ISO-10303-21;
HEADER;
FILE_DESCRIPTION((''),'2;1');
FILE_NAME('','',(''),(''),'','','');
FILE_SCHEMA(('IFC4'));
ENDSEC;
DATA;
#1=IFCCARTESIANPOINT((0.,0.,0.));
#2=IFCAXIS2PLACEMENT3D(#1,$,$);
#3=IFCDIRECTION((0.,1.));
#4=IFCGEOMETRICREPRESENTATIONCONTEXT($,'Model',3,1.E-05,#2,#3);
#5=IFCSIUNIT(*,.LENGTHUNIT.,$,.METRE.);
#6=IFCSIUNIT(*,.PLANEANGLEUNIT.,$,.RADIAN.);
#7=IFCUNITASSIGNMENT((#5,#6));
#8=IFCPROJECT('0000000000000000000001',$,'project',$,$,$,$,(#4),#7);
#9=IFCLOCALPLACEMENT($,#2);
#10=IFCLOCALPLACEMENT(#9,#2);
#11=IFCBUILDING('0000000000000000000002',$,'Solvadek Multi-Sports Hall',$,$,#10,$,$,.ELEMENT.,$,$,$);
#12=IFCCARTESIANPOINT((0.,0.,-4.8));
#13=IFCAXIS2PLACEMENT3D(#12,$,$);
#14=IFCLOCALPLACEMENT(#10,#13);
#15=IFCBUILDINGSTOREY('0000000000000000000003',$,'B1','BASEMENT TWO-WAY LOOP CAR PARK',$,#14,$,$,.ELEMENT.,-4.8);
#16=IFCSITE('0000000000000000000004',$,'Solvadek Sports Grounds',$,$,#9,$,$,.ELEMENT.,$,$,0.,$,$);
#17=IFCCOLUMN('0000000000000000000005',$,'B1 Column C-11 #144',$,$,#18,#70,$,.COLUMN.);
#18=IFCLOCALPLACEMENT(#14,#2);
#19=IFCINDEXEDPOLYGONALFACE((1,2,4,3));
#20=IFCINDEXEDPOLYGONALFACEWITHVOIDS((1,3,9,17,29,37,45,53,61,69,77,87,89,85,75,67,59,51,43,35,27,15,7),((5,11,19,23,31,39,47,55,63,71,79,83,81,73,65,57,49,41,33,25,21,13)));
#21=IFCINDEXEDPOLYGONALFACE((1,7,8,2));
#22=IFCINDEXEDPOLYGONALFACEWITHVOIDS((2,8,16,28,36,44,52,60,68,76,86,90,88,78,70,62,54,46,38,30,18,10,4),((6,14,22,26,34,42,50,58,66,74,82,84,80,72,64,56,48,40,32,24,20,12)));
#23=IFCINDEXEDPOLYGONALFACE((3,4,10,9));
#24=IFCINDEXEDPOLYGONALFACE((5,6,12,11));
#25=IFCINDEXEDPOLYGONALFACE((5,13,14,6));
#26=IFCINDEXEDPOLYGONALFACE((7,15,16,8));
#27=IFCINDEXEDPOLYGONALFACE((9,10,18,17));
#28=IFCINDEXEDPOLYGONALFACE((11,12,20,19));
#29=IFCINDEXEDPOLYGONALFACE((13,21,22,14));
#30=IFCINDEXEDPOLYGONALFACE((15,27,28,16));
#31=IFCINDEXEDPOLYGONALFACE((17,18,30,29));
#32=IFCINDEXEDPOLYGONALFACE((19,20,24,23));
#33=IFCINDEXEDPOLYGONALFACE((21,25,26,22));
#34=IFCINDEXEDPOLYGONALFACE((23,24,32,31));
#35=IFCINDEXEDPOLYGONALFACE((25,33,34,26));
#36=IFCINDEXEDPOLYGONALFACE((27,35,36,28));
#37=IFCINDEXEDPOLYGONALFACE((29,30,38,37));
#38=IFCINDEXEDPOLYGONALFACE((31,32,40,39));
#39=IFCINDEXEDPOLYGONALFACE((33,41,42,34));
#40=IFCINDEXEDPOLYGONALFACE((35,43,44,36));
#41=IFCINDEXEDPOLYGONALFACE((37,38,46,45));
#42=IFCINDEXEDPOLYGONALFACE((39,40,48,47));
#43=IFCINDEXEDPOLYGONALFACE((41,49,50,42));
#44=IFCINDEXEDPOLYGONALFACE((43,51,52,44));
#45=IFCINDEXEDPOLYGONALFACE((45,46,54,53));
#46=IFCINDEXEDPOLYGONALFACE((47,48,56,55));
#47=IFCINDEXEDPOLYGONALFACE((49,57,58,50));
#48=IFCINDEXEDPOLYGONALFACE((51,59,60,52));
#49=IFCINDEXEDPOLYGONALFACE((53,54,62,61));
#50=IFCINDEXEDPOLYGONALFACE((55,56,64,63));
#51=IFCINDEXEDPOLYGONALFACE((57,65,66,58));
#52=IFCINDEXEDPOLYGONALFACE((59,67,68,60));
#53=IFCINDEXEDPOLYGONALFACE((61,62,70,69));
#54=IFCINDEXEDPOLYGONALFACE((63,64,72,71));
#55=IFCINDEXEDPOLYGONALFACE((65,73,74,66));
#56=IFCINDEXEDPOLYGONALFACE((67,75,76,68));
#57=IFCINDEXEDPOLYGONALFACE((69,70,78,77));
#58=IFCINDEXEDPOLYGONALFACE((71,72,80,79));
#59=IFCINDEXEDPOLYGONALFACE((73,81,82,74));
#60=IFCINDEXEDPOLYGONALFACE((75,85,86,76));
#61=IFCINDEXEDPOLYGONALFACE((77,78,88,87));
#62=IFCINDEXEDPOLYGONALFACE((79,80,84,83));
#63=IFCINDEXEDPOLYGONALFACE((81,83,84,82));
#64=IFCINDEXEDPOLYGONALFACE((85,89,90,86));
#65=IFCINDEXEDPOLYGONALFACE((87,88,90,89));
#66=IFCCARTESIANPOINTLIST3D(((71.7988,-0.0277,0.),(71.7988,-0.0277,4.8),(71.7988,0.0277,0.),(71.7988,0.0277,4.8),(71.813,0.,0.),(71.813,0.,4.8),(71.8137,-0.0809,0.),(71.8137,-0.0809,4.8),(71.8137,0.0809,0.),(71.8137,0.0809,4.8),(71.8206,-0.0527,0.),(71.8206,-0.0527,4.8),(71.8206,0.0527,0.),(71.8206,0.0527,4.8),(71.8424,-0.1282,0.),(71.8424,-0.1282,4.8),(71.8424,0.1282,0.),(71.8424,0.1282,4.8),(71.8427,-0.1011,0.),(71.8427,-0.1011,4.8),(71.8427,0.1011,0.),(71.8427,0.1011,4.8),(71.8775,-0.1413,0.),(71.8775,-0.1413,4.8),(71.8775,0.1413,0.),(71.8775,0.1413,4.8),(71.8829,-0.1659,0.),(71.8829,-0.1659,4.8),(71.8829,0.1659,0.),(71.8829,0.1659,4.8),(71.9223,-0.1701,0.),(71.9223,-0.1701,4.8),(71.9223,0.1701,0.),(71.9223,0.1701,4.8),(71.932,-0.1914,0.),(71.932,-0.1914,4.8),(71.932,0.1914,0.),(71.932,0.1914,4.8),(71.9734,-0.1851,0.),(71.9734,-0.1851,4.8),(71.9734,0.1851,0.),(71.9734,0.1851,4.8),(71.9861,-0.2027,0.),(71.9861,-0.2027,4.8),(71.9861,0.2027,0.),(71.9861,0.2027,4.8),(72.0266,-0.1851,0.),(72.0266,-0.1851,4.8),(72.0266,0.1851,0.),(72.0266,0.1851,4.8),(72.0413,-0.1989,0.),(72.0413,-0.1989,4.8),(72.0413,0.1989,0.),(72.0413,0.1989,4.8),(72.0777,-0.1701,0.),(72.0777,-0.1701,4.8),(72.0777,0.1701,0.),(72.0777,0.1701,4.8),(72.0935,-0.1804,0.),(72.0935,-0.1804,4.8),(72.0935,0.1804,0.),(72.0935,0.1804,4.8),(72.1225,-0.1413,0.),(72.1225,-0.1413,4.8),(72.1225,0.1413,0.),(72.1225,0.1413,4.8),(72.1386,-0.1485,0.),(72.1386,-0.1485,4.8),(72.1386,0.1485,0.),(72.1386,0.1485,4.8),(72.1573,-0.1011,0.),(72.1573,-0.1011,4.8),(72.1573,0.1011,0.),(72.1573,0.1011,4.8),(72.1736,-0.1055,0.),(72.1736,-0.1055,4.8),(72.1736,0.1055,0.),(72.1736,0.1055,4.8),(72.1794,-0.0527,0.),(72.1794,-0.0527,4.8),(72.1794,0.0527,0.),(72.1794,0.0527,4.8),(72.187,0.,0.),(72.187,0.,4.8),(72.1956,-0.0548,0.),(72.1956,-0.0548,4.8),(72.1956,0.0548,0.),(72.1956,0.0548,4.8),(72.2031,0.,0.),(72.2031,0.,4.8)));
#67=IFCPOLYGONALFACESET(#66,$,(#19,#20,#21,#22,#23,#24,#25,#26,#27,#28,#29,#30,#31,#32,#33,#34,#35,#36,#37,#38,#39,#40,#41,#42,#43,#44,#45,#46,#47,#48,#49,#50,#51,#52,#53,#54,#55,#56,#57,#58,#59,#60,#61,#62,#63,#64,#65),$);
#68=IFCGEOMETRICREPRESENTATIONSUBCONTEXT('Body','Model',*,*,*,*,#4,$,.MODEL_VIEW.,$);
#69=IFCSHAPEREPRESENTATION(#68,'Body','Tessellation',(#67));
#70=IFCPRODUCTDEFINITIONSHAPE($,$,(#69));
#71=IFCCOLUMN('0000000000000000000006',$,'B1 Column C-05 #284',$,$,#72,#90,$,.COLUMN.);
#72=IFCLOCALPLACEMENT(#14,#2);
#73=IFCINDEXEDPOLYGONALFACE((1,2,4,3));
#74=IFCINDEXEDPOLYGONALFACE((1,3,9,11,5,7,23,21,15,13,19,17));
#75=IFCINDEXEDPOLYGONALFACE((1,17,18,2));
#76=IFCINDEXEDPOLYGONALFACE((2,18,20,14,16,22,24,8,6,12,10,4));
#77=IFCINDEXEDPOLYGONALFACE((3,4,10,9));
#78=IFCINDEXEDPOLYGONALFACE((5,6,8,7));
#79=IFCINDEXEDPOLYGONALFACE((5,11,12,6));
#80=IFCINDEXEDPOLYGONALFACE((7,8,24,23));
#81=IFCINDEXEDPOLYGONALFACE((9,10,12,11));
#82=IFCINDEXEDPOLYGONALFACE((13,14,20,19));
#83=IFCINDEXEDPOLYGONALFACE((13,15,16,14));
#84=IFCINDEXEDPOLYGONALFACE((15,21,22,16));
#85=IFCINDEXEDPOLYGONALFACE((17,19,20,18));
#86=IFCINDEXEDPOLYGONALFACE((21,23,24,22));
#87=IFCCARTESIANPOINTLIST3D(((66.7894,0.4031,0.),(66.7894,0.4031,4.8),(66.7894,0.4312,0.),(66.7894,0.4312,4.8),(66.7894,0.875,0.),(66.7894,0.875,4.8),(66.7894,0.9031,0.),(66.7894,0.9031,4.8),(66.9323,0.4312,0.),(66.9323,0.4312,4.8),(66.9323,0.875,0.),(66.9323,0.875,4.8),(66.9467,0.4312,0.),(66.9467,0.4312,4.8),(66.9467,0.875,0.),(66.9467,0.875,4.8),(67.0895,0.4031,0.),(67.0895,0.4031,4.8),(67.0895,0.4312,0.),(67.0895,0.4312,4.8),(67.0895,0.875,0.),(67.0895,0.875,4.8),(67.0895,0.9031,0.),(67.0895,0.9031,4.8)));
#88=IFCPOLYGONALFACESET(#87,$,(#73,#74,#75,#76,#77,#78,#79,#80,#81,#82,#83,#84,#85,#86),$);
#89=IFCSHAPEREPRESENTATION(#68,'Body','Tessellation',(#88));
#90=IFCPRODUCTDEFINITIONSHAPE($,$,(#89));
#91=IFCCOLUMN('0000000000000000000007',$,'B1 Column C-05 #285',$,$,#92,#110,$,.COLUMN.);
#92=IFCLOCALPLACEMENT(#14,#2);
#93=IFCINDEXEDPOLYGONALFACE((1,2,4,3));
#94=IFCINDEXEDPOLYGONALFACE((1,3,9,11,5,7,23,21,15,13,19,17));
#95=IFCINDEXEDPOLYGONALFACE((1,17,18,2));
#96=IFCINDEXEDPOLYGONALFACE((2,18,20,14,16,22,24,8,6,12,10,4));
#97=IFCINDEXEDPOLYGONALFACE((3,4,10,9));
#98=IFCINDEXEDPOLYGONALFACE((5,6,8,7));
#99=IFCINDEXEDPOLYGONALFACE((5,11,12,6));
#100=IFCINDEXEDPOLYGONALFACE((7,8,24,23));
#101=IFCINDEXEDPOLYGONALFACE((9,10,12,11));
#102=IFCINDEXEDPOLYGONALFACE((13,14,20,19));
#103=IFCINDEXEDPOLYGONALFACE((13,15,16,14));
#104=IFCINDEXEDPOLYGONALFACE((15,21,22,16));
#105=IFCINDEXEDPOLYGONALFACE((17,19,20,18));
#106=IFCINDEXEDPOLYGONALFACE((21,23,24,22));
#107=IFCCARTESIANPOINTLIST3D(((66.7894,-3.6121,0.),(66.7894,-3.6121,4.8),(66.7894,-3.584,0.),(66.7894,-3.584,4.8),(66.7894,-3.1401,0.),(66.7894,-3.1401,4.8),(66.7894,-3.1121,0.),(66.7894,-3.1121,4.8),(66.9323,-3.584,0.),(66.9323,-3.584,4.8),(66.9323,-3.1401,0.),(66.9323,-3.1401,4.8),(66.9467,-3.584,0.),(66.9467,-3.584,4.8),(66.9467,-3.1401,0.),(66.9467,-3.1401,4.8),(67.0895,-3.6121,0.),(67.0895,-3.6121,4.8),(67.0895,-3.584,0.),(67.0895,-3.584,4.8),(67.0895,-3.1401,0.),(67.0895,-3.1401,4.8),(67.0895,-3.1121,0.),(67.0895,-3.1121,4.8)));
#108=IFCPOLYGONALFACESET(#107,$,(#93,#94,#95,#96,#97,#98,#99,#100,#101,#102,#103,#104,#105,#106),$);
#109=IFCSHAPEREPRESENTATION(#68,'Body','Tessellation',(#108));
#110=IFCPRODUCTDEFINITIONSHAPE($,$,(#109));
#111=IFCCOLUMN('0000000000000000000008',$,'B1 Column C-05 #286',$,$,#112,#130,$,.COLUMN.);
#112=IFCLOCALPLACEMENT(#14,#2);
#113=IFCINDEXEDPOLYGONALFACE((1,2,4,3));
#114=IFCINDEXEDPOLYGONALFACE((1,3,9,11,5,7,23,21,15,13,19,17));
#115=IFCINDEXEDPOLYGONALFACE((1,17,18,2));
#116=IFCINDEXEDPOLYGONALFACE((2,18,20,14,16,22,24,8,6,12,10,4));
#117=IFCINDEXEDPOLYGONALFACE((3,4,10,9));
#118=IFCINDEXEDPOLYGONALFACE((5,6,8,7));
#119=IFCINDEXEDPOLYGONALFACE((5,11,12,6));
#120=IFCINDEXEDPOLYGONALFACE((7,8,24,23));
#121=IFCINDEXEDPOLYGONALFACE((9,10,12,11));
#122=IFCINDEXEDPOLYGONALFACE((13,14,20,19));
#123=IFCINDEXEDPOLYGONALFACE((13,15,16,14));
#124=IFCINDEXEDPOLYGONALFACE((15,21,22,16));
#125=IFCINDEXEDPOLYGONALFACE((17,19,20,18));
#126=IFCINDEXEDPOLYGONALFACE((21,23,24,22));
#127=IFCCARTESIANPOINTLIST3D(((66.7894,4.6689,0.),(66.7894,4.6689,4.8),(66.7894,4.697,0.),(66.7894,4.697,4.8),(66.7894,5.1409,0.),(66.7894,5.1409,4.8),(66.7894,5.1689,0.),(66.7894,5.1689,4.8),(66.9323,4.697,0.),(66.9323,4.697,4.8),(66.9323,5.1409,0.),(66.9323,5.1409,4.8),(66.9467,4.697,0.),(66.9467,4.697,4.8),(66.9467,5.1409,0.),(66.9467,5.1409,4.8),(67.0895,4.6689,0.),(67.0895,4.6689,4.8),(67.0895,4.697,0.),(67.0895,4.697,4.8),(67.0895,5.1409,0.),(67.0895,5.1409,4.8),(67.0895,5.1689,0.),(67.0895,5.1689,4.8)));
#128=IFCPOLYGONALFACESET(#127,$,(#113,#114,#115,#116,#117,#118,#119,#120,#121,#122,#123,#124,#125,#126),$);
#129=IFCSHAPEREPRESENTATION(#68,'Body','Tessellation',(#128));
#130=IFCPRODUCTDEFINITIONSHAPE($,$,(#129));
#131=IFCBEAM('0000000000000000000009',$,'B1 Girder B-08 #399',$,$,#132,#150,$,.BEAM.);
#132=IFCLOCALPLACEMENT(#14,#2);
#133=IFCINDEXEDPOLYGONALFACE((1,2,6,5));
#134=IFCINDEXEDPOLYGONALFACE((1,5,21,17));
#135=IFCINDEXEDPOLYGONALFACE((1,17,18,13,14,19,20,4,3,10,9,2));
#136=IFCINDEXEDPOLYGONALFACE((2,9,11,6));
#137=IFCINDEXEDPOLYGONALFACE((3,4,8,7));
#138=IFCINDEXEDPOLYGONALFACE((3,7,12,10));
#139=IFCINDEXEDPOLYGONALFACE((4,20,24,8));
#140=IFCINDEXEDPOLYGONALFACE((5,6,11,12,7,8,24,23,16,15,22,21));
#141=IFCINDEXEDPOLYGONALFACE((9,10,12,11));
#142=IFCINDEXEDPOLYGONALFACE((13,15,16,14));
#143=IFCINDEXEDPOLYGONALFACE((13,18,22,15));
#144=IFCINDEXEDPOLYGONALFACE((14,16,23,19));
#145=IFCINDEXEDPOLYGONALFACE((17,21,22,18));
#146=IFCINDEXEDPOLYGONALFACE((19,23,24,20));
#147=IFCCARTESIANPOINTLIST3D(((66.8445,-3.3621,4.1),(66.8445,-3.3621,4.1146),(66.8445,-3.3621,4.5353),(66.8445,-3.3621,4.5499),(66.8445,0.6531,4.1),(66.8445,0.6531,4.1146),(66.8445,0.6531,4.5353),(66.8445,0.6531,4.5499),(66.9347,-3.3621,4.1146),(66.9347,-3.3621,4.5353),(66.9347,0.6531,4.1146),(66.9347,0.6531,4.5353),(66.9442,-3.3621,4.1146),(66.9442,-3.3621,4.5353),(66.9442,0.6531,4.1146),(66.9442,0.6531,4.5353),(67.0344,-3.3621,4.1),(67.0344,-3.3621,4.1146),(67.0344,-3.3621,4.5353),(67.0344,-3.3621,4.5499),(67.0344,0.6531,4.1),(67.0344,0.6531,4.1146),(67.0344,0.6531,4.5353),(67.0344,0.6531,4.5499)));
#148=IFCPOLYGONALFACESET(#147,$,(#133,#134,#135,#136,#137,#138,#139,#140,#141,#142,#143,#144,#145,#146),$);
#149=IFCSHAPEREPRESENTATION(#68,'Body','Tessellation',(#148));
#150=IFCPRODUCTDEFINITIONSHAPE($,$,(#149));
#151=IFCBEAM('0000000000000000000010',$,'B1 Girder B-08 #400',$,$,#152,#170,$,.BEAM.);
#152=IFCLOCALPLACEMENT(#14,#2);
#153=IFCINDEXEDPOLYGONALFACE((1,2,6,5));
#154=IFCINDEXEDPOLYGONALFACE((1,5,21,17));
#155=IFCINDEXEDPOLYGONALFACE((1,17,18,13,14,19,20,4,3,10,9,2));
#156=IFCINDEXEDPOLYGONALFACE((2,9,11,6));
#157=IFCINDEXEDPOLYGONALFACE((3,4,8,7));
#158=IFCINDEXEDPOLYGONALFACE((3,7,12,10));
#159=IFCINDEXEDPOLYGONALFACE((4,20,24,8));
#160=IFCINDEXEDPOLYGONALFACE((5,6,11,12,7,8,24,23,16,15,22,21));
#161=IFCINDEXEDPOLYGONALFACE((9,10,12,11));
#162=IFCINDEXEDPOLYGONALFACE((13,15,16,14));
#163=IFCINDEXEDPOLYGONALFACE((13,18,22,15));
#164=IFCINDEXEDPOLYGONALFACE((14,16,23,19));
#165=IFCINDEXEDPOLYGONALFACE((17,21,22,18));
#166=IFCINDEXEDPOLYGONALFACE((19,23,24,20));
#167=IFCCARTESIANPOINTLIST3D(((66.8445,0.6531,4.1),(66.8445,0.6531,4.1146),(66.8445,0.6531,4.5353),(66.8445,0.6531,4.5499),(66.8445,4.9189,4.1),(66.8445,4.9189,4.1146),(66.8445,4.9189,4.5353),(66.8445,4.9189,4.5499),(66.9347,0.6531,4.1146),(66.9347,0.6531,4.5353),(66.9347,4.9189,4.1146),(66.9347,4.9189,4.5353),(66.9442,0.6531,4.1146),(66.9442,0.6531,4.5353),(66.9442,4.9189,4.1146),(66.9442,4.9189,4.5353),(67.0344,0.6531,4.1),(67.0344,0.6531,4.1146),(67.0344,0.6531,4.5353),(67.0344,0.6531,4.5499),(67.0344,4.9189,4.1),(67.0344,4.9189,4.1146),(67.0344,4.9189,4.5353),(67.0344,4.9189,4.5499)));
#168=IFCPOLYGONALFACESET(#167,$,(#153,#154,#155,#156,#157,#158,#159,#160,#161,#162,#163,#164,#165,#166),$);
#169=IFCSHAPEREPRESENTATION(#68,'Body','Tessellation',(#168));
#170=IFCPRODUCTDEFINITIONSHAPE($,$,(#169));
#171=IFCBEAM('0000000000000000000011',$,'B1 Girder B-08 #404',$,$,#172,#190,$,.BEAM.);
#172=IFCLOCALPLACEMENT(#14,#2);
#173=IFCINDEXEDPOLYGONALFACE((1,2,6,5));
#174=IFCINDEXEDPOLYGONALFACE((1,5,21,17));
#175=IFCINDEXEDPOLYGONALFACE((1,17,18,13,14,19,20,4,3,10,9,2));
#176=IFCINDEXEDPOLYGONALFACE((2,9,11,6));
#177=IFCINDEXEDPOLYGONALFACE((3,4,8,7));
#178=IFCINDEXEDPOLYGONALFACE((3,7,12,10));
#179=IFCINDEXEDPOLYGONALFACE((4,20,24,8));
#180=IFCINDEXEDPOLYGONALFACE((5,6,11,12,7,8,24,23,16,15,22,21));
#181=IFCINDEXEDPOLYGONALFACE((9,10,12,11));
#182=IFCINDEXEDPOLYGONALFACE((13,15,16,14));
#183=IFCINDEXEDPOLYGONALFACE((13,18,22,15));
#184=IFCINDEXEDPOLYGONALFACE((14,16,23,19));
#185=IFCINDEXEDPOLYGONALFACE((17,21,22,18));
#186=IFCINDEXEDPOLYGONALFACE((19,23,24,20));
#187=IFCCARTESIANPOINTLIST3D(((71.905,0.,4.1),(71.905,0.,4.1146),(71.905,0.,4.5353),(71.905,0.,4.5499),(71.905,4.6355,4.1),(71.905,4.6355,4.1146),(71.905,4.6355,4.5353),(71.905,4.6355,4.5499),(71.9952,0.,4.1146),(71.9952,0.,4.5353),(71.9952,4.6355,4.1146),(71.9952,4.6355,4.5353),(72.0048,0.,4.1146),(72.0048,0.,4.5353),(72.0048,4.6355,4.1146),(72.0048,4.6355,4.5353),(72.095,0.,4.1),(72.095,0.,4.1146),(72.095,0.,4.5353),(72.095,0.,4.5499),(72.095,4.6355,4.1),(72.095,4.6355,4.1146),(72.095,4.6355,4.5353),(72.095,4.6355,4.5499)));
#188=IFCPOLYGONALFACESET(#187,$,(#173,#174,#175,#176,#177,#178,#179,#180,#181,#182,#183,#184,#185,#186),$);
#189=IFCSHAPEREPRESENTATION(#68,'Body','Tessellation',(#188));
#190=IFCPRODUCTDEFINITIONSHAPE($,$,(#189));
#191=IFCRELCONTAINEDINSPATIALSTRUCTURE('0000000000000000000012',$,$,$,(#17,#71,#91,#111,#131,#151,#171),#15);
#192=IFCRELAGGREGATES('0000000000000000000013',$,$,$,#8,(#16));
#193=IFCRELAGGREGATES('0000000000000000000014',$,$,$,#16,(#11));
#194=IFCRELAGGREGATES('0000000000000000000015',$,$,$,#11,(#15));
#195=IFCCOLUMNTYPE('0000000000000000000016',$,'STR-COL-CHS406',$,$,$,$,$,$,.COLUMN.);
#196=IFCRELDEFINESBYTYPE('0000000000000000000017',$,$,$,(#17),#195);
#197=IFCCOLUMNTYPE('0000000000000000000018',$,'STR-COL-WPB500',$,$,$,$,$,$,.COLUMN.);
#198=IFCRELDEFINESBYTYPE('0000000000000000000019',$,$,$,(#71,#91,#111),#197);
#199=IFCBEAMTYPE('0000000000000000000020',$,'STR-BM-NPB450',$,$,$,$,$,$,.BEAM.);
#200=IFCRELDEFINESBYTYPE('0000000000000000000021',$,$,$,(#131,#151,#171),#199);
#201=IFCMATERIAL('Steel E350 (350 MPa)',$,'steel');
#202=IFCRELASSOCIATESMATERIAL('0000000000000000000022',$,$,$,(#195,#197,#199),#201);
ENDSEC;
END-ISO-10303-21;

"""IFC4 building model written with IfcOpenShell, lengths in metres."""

from ifc_helpers import new_model, si_unit, direction, frame, origin, origin_2d, place, context, subcontext, project, spatial, hollow_circle, i_section, extrude, material, material_profile, profile_set, type_object, element, save


model = new_model("IFC4")

# Units and contexts
model_context = context("Model", 3, precision=1e-05, world=origin(), true_north=direction((0.0, 1.0)))
body_context = subcontext(model_context, "Body", "Model", "MODEL_VIEW")
ifc_project = project(units=[si_unit("LENGTHUNIT", "METRE"), si_unit("PLANEANGLEUNIT", "RADIAN")], contexts=[model_context])

# Site, building, storey
site_placement = place(None, origin())
site = spatial("IfcSite", under=ifc_project, at=site_placement, Name="Solvadek Sports Grounds", CompositionType="ELEMENT", RefElevation=0.0)
building_placement = place(site_placement, origin())
building = spatial("IfcBuilding", under=site, at=building_placement, Name="Solvadek Multi-Sports Hall", CompositionType="ELEMENT")
storey_placement = place(building_placement, frame((0.0, 0.0, -4.8)))
storey = spatial("IfcBuildingStorey", under=building, at=storey_placement, Name="B1", Description="BASEMENT TWO-WAY LOOP CAR PARK", CompositionType="ELEMENT", Elevation=-4.8)

# Columns
ifc_material_1 = material(Name="Steel E350 (350 MPa)", Category="steel")
ifc_material_profile_1 = material_profile(ifc_material_1, hollow_circle(Radius=0.2031, WallThickness=0.0161, at=origin_2d()), Name="CHS 406.4x16")
ifc_profile_set_1 = profile_set([ifc_material_profile_1], Name="Steel E350 (350 MPa)")
column_type_1 = type_object("IfcColumnType", Name="STR-COL-CHS406", PredefinedType="COLUMN", material=ifc_profile_set_1)
column_placement = place(storey_placement, frame((72.0, 0.0, 0.0), z_axis=(0.0, 0.0, 1.0), x_axis=(1.0, 0.0, 0.0)))
element("IfcColumn", 1, at=column_placement, inside=storey, type_object=column_type_1, Name="B1 Column C-11 #144", PredefinedType="COLUMN", context=body_context, shape_type="SweptSolid", body=[
    extrude(hollow_circle(Radius=0.2031, WallThickness=0.0161, at=origin_2d()), origin(), (0.0, 0.0, 1.0), 4.8),
])
ifc_material_profile_2 = material_profile(ifc_material_1, i_section(OverallWidth=0.3, OverallDepth=0.5, WebThickness=0.0144, FlangeThickness=0.0281, at=origin_2d()), Name="WPB 500")
ifc_profile_set_2 = profile_set([ifc_material_profile_2], Name="Steel E350 (350 MPa)")
column_type_2 = type_object("IfcColumnType", Name="STR-COL-WPB500", PredefinedType="COLUMN", material=ifc_profile_set_2)
for number, where, z_axis, x_axis, name in (
    (2, (66.9395, 0.6531, 0.0), (0.0, 0.0, 1.0), (1.0, 0.0, 0.0), "B1 Column C-05 #284"),
    (3, (66.9395, -3.3621, 0.0), (0.0, 0.0, 1.0), (1.0, 0.0, 0.0), "B1 Column C-05 #285"),
    (4, (66.9395, 4.9189, 0.0), (0.0, 0.0, 1.0), (1.0, 0.0, 0.0), "B1 Column C-05 #286"),
):
    element("IfcColumn", number, at=place(storey_placement, frame(where, z_axis=z_axis, x_axis=x_axis)), inside=storey, type_object=column_type_2, Name=name, PredefinedType="COLUMN", context=body_context, shape_type="SweptSolid", body=[
        extrude(i_section(OverallWidth=0.3, OverallDepth=0.5, WebThickness=0.0144, FlangeThickness=0.0281, at=origin_2d()), origin(), (0.0, 0.0, 1.0), 4.8),
    ])

# Beams
ifc_material_profile_3 = material_profile(ifc_material_1, i_section(OverallWidth=0.1899, OverallDepth=0.45, WebThickness=0.0095, FlangeThickness=0.0146, at=origin_2d()), Name="NPB 450")
ifc_profile_set_3 = profile_set([ifc_material_profile_3], Name="Steel E350 (350 MPa)")
beam_type_1 = type_object("IfcBeamType", Name="STR-BM-NPB450", PredefinedType="BEAM", material=ifc_profile_set_3)
beam_1_placement = place(storey_placement, frame((66.9395, -3.3621, 4.325), z_axis=(0.0, 1.0, 0.0), x_axis=(-1.0, 0.0, 0.0)))
element("IfcBeam", 5, at=beam_1_placement, inside=storey, type_object=beam_type_1, Name="B1 Girder B-08 #399", PredefinedType="BEAM", context=body_context, shape_type="SweptSolid", body=[
    extrude(i_section(OverallWidth=0.1899, OverallDepth=0.45, WebThickness=0.0095, FlangeThickness=0.0146, at=origin_2d()), origin(), (0.0, 0.0, 1.0), 4.0151),
])
beam_2_placement = place(storey_placement, frame((66.9395, 0.6531, 4.325), z_axis=(0.0, 1.0, 0.0), x_axis=(-1.0, 0.0, 0.0)))
element("IfcBeam", 6, at=beam_2_placement, inside=storey, type_object=beam_type_1, Name="B1 Girder B-08 #400", PredefinedType="BEAM", context=body_context, shape_type="SweptSolid", body=[
    extrude(i_section(OverallWidth=0.1899, OverallDepth=0.45, WebThickness=0.0095, FlangeThickness=0.0146, at=origin_2d()), origin(), (0.0, 0.0, 1.0), 4.2659),
])
beam_3_placement = place(storey_placement, frame((72.0, 0.0, 4.325), z_axis=(0.0, 1.0, 0.0), x_axis=(-1.0, 0.0, 0.0)))
element("IfcBeam", 7, at=beam_3_placement, inside=storey, type_object=beam_type_1, Name="B1 Girder B-08 #404", PredefinedType="BEAM", context=body_context, shape_type="SweptSolid", body=[
    extrude(i_section(OverallWidth=0.1899, OverallDepth=0.45, WebThickness=0.0095, FlangeThickness=0.0146, at=origin_2d()), origin(), (0.0, 0.0, 1.0), 4.6355),
])

save(model, "model.ifc")
